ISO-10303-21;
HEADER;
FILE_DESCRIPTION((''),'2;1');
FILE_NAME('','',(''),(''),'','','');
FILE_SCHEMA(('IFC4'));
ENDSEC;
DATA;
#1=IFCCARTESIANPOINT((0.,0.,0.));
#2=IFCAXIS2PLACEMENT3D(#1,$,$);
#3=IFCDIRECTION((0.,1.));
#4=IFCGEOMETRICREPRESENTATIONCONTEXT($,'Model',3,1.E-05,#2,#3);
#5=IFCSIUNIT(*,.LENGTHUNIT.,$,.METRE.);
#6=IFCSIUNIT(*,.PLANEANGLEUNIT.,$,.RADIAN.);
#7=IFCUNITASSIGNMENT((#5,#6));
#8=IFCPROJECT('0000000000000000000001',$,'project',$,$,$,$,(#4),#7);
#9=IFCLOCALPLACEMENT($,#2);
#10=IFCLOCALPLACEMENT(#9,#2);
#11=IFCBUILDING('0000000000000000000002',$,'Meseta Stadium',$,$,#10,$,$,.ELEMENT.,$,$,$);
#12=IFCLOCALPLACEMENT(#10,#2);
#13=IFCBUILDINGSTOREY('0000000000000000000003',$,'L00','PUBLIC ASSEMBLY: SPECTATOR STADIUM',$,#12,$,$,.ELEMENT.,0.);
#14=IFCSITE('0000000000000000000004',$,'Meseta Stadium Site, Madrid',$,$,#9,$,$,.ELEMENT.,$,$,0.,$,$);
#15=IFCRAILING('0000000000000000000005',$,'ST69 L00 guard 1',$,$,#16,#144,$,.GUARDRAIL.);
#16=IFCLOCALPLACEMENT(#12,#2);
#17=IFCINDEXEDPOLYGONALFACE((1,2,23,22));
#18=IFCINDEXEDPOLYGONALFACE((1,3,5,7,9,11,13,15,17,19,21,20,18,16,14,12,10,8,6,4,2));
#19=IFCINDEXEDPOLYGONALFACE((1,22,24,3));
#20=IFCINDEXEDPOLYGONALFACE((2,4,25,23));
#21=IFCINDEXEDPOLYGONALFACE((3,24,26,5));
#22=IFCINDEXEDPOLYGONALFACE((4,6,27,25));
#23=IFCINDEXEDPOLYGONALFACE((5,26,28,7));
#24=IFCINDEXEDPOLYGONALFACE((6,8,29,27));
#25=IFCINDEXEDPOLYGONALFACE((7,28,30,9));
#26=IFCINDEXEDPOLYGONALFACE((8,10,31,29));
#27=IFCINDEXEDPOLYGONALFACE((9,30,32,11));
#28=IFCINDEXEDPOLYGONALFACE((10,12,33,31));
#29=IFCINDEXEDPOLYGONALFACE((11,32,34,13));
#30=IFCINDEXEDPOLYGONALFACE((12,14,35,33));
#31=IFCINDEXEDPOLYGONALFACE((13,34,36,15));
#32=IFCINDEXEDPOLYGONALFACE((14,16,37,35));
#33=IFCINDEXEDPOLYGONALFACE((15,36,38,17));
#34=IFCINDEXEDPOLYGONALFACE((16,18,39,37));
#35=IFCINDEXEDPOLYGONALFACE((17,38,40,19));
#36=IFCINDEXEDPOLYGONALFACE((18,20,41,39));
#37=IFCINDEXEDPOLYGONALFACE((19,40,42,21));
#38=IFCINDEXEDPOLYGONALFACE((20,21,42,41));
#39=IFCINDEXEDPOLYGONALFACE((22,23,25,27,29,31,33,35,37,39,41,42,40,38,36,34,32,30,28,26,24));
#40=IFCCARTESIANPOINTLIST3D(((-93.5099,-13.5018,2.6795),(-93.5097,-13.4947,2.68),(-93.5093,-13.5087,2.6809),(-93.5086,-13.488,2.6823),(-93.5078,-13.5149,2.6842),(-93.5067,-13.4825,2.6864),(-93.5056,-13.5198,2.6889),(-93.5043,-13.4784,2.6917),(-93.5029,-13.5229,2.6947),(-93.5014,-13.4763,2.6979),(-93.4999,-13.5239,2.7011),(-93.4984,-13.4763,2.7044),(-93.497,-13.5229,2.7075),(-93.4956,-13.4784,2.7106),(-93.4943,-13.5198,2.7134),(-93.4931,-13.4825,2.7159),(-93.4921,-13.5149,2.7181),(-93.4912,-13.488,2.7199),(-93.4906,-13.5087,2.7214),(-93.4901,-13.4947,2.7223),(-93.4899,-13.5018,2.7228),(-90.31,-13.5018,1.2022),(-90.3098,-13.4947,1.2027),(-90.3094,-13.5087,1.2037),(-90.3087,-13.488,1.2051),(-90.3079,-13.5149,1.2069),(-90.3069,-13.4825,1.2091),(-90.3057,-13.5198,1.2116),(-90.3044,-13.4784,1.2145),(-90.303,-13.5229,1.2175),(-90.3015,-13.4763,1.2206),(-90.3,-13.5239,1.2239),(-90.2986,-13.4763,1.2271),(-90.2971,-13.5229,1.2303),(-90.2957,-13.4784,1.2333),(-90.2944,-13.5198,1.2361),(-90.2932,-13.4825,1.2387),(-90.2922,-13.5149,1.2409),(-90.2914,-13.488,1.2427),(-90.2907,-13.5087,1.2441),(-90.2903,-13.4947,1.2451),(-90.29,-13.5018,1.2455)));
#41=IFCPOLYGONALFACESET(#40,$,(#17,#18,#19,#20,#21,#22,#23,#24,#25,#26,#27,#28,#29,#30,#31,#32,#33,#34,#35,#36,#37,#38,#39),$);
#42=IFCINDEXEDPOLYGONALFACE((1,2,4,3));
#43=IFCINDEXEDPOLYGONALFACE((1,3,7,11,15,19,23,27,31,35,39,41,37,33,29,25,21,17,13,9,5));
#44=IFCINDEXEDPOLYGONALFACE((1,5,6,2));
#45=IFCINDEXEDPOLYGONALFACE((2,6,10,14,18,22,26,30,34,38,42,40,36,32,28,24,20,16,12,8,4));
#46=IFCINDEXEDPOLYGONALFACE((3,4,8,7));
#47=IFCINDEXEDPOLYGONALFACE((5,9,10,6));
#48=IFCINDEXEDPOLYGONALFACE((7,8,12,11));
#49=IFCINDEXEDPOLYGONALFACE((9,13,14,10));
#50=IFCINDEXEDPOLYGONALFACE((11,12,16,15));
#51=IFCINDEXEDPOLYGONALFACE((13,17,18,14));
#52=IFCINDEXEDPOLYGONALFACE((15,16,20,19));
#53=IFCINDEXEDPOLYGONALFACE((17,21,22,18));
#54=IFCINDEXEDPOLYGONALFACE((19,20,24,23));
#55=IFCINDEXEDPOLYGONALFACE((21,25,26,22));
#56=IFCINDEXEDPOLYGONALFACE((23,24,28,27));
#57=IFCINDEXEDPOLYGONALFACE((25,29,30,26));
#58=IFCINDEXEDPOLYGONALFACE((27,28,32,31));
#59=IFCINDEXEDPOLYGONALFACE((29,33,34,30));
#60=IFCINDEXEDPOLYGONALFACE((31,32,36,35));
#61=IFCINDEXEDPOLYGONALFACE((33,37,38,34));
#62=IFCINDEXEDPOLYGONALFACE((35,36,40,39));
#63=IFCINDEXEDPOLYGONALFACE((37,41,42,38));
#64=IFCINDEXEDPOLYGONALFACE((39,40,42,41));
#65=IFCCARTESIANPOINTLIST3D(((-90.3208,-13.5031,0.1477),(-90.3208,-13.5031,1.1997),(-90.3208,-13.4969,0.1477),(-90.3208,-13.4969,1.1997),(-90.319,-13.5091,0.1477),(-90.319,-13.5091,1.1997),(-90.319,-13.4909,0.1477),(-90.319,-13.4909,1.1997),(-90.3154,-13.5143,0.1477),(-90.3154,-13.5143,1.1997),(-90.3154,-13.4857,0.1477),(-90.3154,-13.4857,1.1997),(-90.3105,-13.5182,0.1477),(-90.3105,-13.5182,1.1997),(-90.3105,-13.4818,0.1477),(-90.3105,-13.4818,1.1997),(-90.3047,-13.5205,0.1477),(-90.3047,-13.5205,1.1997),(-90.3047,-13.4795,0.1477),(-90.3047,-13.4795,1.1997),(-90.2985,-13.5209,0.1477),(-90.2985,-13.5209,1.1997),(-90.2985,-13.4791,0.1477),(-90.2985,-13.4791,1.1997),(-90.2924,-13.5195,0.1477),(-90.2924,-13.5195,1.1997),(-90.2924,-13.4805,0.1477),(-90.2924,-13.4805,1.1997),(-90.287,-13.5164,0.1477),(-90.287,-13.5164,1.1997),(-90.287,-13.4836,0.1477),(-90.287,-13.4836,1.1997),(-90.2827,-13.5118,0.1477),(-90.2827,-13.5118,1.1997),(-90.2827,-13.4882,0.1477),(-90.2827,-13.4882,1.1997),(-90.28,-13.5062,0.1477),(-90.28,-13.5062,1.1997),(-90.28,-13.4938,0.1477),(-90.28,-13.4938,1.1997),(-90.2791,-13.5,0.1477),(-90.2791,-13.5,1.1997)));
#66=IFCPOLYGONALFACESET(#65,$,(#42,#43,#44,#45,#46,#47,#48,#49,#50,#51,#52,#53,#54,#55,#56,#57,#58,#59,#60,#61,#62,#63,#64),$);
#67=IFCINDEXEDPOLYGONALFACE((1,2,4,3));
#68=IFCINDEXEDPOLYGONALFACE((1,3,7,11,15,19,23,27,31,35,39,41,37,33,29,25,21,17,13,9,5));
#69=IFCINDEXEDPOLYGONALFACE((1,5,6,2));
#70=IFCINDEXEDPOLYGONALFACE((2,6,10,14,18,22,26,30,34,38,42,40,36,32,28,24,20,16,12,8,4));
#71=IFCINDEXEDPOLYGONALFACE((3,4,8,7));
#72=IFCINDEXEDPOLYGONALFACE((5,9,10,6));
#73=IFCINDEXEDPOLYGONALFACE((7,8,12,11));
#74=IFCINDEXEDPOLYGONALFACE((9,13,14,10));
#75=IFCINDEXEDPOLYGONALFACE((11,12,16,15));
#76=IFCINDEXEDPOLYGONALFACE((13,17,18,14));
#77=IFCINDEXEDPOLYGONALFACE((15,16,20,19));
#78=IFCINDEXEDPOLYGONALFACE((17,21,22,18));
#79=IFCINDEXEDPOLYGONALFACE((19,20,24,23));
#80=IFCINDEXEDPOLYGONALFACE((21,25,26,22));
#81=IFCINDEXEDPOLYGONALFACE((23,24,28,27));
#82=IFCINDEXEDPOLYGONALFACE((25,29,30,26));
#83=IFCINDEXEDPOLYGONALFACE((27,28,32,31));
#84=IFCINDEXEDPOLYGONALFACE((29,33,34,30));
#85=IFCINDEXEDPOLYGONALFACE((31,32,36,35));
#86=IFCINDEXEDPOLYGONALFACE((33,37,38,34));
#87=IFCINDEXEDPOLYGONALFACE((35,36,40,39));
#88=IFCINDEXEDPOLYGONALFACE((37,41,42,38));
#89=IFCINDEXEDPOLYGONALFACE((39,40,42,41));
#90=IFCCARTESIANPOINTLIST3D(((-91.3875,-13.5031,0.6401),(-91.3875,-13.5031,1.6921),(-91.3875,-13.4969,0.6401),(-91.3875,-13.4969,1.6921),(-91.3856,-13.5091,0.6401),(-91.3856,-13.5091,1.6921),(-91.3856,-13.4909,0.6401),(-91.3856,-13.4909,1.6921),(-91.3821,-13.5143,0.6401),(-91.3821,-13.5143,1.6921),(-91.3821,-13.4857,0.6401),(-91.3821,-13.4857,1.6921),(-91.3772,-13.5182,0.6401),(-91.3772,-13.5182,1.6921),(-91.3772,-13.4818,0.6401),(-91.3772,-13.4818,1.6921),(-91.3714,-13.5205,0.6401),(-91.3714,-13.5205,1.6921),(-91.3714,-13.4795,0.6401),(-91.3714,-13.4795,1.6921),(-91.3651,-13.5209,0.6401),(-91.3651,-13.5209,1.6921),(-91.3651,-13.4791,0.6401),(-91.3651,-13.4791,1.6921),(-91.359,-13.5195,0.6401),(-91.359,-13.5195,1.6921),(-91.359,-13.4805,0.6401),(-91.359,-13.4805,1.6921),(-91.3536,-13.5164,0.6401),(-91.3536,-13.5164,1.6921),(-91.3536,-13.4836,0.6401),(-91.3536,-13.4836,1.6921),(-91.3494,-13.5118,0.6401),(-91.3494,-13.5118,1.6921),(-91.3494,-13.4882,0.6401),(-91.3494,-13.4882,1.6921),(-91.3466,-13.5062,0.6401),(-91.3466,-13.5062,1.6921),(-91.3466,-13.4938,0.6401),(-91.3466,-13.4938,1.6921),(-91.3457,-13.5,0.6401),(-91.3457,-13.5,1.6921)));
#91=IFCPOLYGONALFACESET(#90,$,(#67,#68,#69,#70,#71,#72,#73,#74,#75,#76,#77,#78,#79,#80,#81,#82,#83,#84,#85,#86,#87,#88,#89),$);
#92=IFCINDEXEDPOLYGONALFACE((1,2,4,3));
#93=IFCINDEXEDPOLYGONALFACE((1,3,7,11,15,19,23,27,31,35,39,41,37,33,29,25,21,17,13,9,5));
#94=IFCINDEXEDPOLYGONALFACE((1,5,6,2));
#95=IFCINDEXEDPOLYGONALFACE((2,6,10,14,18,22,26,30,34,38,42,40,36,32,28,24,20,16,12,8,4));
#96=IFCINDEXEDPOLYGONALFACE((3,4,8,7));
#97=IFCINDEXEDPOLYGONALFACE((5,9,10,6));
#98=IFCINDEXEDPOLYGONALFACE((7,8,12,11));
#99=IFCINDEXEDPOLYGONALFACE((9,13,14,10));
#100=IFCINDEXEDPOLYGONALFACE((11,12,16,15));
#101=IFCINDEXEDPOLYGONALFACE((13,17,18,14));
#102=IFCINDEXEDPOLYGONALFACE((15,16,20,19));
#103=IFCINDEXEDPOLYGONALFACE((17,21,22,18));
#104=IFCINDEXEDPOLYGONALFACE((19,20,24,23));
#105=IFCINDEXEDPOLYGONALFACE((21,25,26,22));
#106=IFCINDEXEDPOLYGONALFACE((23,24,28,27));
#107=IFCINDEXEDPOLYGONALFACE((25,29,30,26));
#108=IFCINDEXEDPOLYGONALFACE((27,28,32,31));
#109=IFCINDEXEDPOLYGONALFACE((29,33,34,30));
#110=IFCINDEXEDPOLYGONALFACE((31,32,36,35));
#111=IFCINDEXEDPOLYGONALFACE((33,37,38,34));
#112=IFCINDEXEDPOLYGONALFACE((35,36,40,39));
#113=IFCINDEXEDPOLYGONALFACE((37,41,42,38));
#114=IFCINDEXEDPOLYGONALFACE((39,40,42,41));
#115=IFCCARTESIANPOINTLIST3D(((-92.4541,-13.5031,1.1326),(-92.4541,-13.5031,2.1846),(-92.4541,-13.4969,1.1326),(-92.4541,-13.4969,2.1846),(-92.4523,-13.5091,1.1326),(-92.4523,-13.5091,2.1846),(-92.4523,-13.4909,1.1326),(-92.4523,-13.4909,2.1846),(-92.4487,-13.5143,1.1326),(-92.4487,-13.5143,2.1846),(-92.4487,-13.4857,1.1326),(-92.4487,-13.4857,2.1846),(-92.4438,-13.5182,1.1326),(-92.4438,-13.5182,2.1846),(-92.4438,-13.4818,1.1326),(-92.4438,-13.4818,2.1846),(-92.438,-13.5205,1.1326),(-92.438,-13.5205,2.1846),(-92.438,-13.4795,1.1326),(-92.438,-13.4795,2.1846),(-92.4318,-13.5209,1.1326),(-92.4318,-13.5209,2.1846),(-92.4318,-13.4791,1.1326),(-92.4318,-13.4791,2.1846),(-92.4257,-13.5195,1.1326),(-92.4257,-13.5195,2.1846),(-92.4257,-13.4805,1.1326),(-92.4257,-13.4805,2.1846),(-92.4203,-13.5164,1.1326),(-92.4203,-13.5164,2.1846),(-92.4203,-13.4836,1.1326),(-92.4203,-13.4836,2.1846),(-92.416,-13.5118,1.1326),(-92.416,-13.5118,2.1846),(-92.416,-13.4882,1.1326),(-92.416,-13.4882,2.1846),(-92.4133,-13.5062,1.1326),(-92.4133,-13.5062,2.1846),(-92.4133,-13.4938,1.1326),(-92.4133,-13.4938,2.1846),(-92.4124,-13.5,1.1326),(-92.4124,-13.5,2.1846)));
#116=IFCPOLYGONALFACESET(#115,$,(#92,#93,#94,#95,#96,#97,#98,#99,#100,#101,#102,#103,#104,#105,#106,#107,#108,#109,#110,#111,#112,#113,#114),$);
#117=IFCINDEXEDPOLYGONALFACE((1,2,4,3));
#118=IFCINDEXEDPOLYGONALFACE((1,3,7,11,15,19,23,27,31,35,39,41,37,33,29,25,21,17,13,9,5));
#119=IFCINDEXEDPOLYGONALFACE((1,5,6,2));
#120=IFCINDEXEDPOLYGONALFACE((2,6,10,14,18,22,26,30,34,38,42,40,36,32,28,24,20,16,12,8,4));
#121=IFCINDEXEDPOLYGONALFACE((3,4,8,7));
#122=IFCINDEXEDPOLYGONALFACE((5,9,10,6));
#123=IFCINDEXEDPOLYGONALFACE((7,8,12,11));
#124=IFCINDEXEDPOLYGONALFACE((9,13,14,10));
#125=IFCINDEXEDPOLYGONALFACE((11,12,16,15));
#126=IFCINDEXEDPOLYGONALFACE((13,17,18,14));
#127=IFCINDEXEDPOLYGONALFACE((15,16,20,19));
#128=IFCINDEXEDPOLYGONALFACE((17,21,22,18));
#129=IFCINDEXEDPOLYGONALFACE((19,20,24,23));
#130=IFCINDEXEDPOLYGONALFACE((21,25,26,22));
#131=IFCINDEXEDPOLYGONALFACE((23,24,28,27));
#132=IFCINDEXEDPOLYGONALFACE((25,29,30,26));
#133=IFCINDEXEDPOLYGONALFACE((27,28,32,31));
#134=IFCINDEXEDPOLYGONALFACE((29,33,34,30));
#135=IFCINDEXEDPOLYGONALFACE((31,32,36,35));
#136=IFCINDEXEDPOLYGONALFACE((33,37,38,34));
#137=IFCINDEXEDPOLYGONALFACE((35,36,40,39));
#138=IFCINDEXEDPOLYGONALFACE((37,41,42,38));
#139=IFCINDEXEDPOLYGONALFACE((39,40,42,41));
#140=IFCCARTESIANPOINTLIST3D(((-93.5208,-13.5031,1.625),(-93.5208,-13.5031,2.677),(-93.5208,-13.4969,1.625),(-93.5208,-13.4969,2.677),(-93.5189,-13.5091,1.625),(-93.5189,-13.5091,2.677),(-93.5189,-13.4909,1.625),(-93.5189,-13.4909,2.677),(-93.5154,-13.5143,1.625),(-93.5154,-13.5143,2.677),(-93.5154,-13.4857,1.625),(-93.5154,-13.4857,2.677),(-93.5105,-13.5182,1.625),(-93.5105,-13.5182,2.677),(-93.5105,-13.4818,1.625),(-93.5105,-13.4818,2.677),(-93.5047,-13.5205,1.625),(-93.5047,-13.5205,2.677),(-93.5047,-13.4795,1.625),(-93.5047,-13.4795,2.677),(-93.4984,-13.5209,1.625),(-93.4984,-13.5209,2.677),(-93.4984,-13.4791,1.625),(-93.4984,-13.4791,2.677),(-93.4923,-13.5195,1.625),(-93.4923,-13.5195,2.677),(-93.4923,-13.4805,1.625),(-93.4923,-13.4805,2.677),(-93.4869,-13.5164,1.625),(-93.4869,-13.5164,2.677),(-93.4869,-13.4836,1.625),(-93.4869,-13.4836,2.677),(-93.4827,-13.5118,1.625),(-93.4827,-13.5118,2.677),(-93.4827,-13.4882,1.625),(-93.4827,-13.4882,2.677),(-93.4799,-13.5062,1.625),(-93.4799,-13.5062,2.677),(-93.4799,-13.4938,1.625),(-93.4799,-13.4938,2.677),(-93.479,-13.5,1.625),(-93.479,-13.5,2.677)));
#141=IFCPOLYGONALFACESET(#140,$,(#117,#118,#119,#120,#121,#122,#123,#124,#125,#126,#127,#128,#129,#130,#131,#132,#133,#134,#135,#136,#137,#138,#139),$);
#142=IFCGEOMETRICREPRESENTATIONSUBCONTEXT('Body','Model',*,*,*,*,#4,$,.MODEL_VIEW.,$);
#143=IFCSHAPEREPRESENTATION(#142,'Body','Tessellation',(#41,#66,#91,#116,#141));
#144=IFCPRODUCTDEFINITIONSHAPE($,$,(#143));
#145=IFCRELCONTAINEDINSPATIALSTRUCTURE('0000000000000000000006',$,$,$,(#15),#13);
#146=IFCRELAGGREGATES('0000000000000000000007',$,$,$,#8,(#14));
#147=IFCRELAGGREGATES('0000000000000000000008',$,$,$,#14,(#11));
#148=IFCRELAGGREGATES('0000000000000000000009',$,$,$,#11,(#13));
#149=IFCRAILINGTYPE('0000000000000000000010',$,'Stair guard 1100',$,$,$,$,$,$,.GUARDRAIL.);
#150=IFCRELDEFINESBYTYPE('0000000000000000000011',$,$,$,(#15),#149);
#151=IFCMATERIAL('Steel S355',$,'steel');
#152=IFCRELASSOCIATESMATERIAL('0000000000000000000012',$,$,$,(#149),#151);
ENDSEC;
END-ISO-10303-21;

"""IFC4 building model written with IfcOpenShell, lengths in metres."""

from ifc_helpers import new_model, si_unit, direction, frame, origin, origin_2d, place, context, subcontext, project, spatial, circle, extrude, material, type_object, element, save


model = new_model("IFC4")

# Units and contexts
model_context = context("Model", 3, precision=1e-05, world=origin(), true_north=direction((0.0, 1.0)))
body_context = subcontext(model_context, "Body", "Model", "MODEL_VIEW")
ifc_project = project(units=[si_unit("LENGTHUNIT", "METRE"), si_unit("PLANEANGLEUNIT", "RADIAN")], contexts=[model_context])

# Site, building, storey
site_placement = place(None, origin())
site = spatial("IfcSite", under=ifc_project, at=site_placement, Name="Meseta Stadium Site, Madrid", CompositionType="ELEMENT", RefElevation=0.0)
building_placement = place(site_placement, origin())
building = spatial("IfcBuilding", under=site, at=building_placement, Name="Meseta Stadium", CompositionType="ELEMENT")
storey_placement = place(building_placement, origin())
storey = spatial("IfcBuildingStorey", under=building, at=storey_placement, Name="L00", Description="PUBLIC ASSEMBLY: SPECTATOR STADIUM", CompositionType="ELEMENT", Elevation=0.0)

# Railing
ifc_material_1 = material(Name="Steel S355", Category="steel")
railing_type_1 = type_object("IfcRailingType", Name="Stair guard 1100", PredefinedType="GUARDRAIL", material=ifc_material_1)
railing_1_placement = place(storey_placement, frame((-90.3, -13.5, 0.1477)))
element("IfcRailing", 1, at=railing_1_placement, inside=storey, type_object=railing_type_1, Name="ST69 L00 guard 1", PredefinedType="GUARDRAIL", context=body_context, shape_type="SweptSolid", body=[
    extrude(circle(Radius=0.0239, at=origin_2d()), frame((0.0, 0.0, 1.0762), z_axis=(-0.907917, 0.0, 0.41915), x_axis=(0.0, -1.0, 0.0)), (0.0, 0.0, 1.0), 3.5244),
    extrude(circle(Radius=0.021, at=origin_2d()), origin(), (0.0, 0.0, 1.0), 1.052),
    extrude(circle(Radius=0.021, at=origin_2d()), frame((-1.0667, 0.0, 0.4924)), (0.0, 0.0, 1.0), 1.052),
    extrude(circle(Radius=0.021, at=origin_2d()), frame((-2.1333, 0.0, 0.9849)), (0.0, 0.0, 1.0), 1.052),
    extrude(circle(Radius=0.021, at=origin_2d()), frame((-3.2, 0.0, 1.4773)), (0.0, 0.0, 1.0), 1.052),
])

save(model, "model.ifc")
